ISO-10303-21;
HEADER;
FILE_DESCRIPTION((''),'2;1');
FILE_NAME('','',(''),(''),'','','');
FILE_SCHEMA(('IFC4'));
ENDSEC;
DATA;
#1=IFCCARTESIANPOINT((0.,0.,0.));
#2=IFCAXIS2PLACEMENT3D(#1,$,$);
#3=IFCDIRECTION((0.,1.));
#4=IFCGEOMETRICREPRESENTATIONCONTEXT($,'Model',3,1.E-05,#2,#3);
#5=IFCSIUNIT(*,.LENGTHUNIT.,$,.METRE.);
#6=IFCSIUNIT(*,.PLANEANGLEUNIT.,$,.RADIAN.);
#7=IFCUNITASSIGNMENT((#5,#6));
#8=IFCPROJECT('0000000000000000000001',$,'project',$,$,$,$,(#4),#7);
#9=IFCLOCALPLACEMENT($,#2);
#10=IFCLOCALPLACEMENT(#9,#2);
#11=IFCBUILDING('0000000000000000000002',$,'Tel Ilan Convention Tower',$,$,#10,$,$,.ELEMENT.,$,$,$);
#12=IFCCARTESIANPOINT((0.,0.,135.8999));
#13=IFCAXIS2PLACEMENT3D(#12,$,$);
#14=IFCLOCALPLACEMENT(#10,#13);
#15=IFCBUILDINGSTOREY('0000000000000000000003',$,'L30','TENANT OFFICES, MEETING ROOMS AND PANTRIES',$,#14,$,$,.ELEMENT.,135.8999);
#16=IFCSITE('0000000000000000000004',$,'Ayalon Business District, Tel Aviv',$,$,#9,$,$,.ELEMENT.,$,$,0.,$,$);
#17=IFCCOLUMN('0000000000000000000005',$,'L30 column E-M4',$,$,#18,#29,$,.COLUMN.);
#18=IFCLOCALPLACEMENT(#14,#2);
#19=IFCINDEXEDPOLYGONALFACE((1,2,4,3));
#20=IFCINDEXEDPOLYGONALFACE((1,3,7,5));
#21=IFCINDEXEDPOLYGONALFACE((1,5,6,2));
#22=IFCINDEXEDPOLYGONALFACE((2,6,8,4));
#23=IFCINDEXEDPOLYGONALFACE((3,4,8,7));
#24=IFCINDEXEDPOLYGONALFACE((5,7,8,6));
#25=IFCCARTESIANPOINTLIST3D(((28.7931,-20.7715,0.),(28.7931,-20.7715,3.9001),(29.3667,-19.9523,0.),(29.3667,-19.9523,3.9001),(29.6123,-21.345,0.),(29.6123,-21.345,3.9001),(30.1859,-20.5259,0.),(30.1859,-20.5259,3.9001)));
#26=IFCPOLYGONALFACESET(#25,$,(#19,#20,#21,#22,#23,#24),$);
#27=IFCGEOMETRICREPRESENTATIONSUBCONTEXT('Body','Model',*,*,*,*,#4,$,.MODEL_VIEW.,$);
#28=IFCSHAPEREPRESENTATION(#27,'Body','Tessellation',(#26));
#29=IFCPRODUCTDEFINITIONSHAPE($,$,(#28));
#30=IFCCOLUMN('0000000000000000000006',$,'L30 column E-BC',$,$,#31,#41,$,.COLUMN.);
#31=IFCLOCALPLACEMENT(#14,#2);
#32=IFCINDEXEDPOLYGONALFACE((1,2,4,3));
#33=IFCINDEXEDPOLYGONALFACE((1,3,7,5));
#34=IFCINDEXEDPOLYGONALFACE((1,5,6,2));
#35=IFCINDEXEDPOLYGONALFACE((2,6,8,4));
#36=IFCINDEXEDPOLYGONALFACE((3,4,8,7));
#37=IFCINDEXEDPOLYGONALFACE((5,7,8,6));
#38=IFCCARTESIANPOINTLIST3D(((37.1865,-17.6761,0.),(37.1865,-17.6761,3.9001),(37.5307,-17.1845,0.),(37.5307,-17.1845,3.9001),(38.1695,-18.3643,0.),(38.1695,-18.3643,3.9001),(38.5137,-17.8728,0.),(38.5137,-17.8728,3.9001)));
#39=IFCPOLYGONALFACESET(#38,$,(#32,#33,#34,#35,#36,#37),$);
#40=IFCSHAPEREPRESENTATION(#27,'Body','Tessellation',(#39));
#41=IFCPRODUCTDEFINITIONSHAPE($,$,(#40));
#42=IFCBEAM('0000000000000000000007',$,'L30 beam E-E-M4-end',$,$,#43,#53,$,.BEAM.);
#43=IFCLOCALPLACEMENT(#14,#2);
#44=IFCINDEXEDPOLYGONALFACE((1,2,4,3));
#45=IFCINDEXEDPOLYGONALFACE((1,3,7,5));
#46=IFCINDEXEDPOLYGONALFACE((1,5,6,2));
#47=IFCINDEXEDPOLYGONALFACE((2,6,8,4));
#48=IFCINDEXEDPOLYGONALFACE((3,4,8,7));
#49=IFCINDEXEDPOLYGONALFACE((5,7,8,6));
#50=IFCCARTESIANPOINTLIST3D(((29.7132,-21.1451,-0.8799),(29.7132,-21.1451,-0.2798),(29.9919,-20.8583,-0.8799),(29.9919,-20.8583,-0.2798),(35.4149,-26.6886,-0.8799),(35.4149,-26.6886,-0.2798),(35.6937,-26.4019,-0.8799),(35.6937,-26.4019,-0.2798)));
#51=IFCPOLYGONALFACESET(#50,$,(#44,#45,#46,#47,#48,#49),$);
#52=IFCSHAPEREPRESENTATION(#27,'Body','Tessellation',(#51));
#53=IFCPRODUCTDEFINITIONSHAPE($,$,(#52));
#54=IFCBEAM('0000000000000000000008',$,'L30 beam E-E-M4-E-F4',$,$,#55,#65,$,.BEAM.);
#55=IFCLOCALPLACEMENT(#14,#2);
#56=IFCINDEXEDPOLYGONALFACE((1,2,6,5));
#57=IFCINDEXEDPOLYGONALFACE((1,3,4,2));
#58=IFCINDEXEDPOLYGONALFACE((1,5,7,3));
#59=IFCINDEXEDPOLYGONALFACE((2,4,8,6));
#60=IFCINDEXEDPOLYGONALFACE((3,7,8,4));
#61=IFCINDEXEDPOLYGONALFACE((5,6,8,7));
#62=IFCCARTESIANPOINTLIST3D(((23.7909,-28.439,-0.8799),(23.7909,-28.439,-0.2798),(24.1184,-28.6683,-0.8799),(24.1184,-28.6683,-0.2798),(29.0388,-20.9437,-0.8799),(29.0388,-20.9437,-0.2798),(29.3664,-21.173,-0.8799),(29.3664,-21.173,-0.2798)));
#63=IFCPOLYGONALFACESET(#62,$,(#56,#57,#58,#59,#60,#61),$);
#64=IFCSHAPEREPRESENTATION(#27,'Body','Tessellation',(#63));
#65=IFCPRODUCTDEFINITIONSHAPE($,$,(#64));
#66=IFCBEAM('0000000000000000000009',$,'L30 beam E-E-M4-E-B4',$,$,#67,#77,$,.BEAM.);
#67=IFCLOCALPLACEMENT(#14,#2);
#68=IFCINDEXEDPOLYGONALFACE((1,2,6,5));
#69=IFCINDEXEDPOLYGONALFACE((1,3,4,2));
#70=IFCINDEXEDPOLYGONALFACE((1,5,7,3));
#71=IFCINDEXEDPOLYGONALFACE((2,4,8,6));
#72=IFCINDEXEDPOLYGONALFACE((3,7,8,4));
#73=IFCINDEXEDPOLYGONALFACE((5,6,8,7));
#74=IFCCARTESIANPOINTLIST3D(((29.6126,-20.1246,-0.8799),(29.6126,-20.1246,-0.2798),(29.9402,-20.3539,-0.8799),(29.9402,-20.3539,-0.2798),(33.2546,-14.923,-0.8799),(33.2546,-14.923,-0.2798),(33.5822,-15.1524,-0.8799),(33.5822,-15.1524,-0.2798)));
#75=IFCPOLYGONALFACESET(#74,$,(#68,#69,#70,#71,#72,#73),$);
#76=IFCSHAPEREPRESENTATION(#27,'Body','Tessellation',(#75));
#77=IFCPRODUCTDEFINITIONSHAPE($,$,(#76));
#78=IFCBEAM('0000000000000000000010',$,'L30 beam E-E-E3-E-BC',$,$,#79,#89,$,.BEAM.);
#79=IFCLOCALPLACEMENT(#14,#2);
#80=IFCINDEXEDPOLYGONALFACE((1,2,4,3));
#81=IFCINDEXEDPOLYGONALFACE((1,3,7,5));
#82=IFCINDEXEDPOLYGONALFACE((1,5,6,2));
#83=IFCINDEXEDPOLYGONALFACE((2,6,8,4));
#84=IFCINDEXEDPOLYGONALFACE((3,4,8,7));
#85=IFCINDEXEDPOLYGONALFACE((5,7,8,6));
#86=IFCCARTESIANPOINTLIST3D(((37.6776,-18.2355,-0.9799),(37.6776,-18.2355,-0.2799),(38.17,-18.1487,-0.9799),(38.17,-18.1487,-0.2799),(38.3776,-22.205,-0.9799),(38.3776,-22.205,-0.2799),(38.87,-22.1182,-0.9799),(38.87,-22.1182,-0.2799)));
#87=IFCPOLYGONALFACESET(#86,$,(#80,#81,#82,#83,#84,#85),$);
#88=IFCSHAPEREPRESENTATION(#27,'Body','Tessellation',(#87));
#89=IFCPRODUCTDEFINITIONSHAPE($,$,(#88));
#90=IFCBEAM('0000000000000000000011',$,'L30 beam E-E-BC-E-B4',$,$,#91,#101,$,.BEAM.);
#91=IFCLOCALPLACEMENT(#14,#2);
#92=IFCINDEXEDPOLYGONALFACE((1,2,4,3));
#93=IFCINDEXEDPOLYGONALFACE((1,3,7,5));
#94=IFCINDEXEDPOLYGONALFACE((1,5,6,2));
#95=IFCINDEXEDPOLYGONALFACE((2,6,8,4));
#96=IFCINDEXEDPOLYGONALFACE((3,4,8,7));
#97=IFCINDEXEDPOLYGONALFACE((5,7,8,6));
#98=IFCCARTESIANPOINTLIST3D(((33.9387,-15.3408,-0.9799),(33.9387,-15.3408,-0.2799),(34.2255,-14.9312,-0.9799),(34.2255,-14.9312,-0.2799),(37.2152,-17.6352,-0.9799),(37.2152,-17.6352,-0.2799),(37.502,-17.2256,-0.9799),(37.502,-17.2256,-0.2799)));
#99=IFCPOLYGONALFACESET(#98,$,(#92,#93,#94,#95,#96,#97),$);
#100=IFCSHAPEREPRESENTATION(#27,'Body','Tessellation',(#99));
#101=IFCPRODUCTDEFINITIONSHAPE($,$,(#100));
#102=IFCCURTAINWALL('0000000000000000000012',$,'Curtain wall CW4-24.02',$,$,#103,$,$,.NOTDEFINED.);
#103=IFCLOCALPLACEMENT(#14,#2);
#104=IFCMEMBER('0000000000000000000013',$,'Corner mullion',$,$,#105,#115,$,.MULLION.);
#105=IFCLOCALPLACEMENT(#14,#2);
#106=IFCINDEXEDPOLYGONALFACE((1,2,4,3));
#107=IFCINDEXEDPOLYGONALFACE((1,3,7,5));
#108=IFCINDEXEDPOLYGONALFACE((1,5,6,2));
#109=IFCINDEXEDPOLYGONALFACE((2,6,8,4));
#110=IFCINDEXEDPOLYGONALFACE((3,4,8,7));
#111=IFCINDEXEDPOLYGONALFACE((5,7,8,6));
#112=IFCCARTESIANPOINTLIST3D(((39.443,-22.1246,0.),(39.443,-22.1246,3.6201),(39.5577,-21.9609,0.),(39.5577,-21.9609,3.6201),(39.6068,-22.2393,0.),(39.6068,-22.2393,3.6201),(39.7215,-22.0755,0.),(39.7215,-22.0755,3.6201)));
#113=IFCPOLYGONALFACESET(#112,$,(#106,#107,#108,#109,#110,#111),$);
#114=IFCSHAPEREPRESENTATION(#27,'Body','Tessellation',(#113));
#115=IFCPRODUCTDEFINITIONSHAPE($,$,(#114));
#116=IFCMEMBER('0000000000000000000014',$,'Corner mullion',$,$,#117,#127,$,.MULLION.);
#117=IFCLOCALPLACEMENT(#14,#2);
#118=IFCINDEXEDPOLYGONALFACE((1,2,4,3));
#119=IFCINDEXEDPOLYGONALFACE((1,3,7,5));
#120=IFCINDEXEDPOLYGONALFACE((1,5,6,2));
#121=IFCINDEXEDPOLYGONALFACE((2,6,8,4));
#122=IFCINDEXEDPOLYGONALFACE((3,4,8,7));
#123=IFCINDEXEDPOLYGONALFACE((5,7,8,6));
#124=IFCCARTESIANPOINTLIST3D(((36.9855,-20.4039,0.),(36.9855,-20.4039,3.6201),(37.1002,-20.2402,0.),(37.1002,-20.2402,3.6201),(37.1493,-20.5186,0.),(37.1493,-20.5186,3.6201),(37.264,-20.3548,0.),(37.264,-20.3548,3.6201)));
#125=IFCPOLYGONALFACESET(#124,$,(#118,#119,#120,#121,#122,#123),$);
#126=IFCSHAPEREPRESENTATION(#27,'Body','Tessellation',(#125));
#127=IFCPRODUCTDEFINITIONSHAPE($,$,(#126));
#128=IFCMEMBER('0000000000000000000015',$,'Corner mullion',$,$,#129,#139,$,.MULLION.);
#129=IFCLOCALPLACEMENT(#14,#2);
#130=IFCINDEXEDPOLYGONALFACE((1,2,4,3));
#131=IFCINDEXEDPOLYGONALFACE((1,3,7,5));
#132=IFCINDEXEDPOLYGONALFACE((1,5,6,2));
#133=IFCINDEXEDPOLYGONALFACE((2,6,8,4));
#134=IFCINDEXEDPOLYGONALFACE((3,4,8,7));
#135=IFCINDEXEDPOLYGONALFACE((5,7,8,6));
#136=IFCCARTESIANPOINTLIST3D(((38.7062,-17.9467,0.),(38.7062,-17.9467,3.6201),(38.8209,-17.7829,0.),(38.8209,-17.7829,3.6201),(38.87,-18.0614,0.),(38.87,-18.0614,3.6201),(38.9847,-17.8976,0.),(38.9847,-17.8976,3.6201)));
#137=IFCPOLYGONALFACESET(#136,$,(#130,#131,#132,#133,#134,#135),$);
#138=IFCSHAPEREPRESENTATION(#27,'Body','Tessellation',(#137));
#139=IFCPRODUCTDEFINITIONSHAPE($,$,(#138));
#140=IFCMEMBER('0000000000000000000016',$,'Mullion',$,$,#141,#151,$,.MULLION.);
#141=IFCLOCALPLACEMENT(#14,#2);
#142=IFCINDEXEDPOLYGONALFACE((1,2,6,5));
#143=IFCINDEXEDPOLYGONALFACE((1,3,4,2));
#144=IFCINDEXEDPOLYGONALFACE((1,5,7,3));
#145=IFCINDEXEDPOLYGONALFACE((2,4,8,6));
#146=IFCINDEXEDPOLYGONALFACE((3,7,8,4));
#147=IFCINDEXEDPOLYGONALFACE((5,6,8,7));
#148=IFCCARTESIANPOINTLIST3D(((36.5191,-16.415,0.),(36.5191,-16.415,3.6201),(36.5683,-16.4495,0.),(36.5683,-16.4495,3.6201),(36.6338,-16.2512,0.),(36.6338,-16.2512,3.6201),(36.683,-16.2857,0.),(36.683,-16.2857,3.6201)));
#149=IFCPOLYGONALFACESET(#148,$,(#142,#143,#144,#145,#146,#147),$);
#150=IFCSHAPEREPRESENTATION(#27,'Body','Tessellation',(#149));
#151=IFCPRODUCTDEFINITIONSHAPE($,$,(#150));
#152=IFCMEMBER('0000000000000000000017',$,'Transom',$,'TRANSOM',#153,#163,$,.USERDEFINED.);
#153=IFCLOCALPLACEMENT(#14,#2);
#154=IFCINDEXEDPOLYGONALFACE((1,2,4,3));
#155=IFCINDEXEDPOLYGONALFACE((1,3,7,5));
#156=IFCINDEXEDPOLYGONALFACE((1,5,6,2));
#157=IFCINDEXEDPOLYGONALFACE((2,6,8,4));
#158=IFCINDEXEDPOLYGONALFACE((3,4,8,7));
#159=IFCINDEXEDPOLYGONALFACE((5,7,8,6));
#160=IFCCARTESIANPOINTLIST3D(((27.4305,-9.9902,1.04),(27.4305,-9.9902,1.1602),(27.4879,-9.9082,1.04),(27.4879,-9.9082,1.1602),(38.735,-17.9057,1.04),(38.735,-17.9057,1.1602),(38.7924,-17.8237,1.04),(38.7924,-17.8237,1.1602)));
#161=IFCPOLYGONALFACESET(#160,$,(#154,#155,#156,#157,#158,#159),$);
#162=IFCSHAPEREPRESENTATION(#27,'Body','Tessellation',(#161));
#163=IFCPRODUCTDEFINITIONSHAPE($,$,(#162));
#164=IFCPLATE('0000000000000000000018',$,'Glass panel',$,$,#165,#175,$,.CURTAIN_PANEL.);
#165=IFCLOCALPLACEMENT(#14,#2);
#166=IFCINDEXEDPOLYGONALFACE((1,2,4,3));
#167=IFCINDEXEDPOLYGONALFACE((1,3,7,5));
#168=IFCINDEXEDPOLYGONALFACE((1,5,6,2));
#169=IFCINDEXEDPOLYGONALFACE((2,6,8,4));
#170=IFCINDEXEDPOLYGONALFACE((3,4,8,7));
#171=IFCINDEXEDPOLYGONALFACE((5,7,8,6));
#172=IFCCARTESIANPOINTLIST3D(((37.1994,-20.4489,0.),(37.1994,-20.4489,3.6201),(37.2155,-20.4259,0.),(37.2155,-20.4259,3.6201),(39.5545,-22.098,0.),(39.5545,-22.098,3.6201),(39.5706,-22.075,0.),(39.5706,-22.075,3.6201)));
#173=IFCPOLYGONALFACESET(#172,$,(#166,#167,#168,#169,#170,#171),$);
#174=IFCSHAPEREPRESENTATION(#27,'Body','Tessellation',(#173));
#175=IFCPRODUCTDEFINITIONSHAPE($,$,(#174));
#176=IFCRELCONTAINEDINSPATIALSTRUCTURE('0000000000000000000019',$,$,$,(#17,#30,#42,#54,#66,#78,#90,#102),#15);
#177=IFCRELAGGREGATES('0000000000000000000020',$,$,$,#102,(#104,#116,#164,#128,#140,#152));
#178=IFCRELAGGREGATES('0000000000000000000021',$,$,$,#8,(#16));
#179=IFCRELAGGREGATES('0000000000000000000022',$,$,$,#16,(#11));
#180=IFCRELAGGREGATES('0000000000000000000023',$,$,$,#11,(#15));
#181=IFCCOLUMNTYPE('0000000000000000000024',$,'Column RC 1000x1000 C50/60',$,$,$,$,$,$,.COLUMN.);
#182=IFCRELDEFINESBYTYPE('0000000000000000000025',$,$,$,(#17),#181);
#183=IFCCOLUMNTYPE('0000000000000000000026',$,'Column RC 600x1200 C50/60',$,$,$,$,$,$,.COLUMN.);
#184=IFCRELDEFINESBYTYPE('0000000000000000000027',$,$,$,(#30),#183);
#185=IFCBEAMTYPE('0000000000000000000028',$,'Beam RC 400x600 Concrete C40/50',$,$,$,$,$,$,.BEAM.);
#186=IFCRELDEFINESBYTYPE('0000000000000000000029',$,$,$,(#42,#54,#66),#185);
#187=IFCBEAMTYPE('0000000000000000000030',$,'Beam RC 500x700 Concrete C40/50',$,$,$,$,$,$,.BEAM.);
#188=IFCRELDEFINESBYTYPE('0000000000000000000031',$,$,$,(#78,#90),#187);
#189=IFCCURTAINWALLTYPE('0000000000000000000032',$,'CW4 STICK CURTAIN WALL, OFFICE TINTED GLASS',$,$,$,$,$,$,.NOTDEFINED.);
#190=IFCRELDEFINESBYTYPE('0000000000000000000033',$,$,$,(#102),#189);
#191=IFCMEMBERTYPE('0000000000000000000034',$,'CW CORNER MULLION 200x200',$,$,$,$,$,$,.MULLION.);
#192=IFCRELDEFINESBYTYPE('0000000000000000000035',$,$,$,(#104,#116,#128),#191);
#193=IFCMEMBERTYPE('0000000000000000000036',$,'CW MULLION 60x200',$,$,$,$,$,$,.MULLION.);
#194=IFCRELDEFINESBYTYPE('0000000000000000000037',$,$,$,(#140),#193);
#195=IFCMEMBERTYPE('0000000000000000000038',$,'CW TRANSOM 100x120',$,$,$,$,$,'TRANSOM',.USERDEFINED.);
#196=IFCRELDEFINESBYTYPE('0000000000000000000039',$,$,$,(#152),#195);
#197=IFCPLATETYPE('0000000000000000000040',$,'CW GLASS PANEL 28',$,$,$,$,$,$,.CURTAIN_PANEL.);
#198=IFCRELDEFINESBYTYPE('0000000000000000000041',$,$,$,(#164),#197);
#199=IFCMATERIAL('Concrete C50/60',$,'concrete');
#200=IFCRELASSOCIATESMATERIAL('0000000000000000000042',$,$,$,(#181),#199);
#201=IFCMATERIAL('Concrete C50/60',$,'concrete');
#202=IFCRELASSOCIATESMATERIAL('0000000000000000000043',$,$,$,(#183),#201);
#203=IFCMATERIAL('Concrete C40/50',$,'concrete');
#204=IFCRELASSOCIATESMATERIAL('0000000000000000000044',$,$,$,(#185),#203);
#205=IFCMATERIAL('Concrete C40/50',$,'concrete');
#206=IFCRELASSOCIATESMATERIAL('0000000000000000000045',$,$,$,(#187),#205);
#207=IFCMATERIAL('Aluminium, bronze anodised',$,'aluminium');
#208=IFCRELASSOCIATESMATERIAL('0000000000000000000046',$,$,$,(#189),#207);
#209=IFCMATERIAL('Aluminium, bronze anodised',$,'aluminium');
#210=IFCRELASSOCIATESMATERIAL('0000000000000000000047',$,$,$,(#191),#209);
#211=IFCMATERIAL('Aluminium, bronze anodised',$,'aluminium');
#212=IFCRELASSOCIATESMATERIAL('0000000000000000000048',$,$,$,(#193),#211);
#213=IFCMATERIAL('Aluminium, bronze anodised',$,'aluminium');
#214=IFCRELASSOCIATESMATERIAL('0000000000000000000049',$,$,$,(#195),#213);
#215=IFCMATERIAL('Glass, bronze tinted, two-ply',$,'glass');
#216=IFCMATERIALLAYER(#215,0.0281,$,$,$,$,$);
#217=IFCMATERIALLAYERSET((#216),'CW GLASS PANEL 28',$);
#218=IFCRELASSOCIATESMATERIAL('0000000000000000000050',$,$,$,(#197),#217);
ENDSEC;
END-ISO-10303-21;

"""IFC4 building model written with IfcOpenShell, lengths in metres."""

from ifc_helpers import new_model, si_unit, direction, frame, origin, origin_2d, place, context, subcontext, project, spatial, rectangle, extrude, material, layer, layer_set, material_profile, profile_set, type_object, element, aggregate, save


model = new_model("IFC4")

# Units and contexts
model_context = context("Model", 3, precision=1e-05, world=origin(), true_north=direction((0.0, 1.0)))
body_context = subcontext(model_context, "Body", "Model", "MODEL_VIEW")
ifc_project = project(units=[si_unit("LENGTHUNIT", "METRE"), si_unit("PLANEANGLEUNIT", "RADIAN")], contexts=[model_context])

# Site, building, storey
site_placement = place(None, origin())
site = spatial("IfcSite", under=ifc_project, at=site_placement, Name="Ayalon Business District, Tel Aviv", CompositionType="ELEMENT", RefElevation=0.0)
building_placement = place(site_placement, origin())
building = spatial("IfcBuilding", under=site, at=building_placement, Name="Tel Ilan Convention Tower", CompositionType="ELEMENT")
storey_placement = place(building_placement, frame((0.0, 0.0, 135.8999)))
storey = spatial("IfcBuildingStorey", under=building, at=storey_placement, Name="L30", Description="TENANT OFFICES, MEETING ROOMS AND PANTRIES", CompositionType="ELEMENT", Elevation=135.8999)

# Columns
ifc_material_1 = material(Name="Concrete C50/60", Category="concrete")
ifc_material_profile_1 = material_profile(ifc_material_1, rectangle(XDim=1.0, YDim=1.0, at=origin_2d()), Name="RC 1000x1000")
ifc_profile_set_1 = profile_set([ifc_material_profile_1], Name="Concrete C50/60")
column_type_1 = type_object("IfcColumnType", Name="Column RC 1000x1000 C50/60", PredefinedType="COLUMN", material=ifc_profile_set_1)
column_1_placement = place(storey_placement, frame((29.4895, -20.6487, 0.0), z_axis=(0.0, 0.0, 1.0), x_axis=(0.819152, -0.573576, 0.0)))
element("IfcColumn", 1, at=column_1_placement, inside=storey, type_object=column_type_1, Name="L30 column E-M4", PredefinedType="COLUMN", context=body_context, shape_type="SweptSolid", body=[
    extrude(rectangle(XDim=1.0, YDim=1.0, at=origin_2d()), origin(), (0.0, 0.0, 1.0), 3.9001),
])
ifc_material_2 = material(Name="Concrete C50/60", Category="concrete")
ifc_material_profile_2 = material_profile(ifc_material_2, rectangle(XDim=1.2, YDim=0.6001, at=origin_2d()), Name="RC 600x1200")
ifc_profile_set_2 = profile_set([ifc_material_profile_2], Name="Concrete C50/60")
column_type_2 = type_object("IfcColumnType", Name="Column RC 600x1200 C50/60", PredefinedType="COLUMN", material=ifc_profile_set_2)
column_2_placement = place(storey_placement, frame((37.8501, -17.7744, 0.0), z_axis=(0.0, 0.0, 1.0), x_axis=(0.819152, -0.573576, 0.0)))
element("IfcColumn", 2, at=column_2_placement, inside=storey, type_object=column_type_2, Name="L30 column E-BC", PredefinedType="COLUMN", context=body_context, shape_type="SweptSolid", body=[
    extrude(rectangle(XDim=1.2, YDim=0.6001, at=origin_2d()), origin(), (0.0, 0.0, 1.0), 3.9001),
])

# Beams
ifc_material_3 = material(Name="Concrete C40/50", Category="concrete")
ifc_material_profile_3 = material_profile(ifc_material_3, rectangle(XDim=0.3999, YDim=0.6001, at=origin_2d()), Name="RC 400x600")
ifc_profile_set_3 = profile_set([ifc_material_profile_3], Name="Concrete C40/50")
beam_type_1 = type_object("IfcBeamType", Name="Beam RC 400x600 Concrete C40/50", PredefinedType="BEAM", material=ifc_profile_set_3)
beam_1_placement = place(storey_placement, frame((29.8525, -21.0017, -0.5798), z_axis=(0.716984, -0.69709, 0.0), x_axis=(0.69709, 0.716984, 0.0)))
element("IfcBeam", 3, at=beam_1_placement, inside=storey, type_object=beam_type_1, Name="L30 beam E-E-M4-end", PredefinedType="BEAM", context=body_context, shape_type="SweptSolid", body=[
    extrude(rectangle(XDim=0.3999, YDim=0.6001, at=origin_2d()), origin(), (0.0, 0.0, 1.0), 7.9524),
])
beam_2_placement = place(storey_placement, frame((29.2026, -21.0583, -0.5798), z_axis=(-0.573557, -0.819165, 0.0), x_axis=(0.819165, -0.573557, 0.0)))
element("IfcBeam", 4, at=beam_2_placement, inside=storey, type_object=beam_type_1, Name="L30 beam E-E-M4-E-F4", PredefinedType="BEAM", context=body_context, shape_type="SweptSolid", body=[
    extrude(rectangle(XDim=0.3999, YDim=0.6001, at=origin_2d()), origin(), (0.0, 0.0, 1.0), 9.1499),
])
beam_3_placement = place(storey_placement, frame((29.7764, -20.2393, -0.5798), z_axis=(0.57356, 0.819163, 0.0), x_axis=(-0.819163, 0.57356, 0.0)))
element("IfcBeam", 5, at=beam_3_placement, inside=storey, type_object=beam_type_1, Name="L30 beam E-E-M4-E-B4", PredefinedType="BEAM", context=body_context, shape_type="SweptSolid", body=[
    extrude(rectangle(XDim=0.3999, YDim=0.6001, at=origin_2d()), origin(), (0.0, 0.0, 1.0), 6.3499),
])
ifc_material_4 = material(Name="Concrete C40/50", Category="concrete")
ifc_material_profile_4 = material_profile(ifc_material_4, rectangle(XDim=0.5, YDim=0.7, at=origin_2d()), Name="RC 500x700")
ifc_profile_set_4 = profile_set([ifc_material_profile_4], Name="Concrete C40/50")
beam_type_2 = type_object("IfcBeamType", Name="Beam RC 500x700 Concrete C40/50", PredefinedType="BEAM", material=ifc_profile_set_4)
beam_4_placement = place(storey_placement, frame((38.6238, -22.1616, -0.6299), z_axis=(-0.173654, 0.984807, 0.0), x_axis=(-0.984807, -0.173654, 0.0)))
element("IfcBeam", 6, at=beam_4_placement, inside=storey, type_object=beam_type_2, Name="L30 beam E-E-E3-E-BC", PredefinedType="BEAM", context=body_context, shape_type="SweptSolid", body=[
    extrude(rectangle(XDim=0.5, YDim=0.7, at=origin_2d()), origin(), (0.0, 0.0, 1.0), 4.0308),
])
beam_5_placement = place(storey_placement, frame((37.3586, -17.4304, -0.6299), z_axis=(-0.819137, 0.573598, 0.0), x_axis=(-0.573598, -0.819137, 0.0)))
element("IfcBeam", 7, at=beam_5_placement, inside=storey, type_object=beam_type_2, Name="L30 beam E-E-BC-E-B4", PredefinedType="BEAM", context=body_context, shape_type="SweptSolid", body=[
    extrude(rectangle(XDim=0.5, YDim=0.7, at=origin_2d()), origin(), (0.0, 0.0, 1.0), 4.0),
])

# Curtain wall, members, plate
ifc_material_5 = material(Name="Aluminium, bronze anodised", Category="aluminium")
curtain_wall_type = type_object("IfcCurtainWallType", Name="CW4 STICK CURTAIN WALL, OFFICE TINTED GLASS", PredefinedType="NOTDEFINED", material=ifc_material_5)
curtain_wall_placement = place(storey_placement, origin())
curtain_wall = element("IfcCurtainWall", 8, at=curtain_wall_placement, inside=storey, type_object=curtain_wall_type, Name="Curtain wall CW4-24.02", PredefinedType="NOTDEFINED")
ifc_material_6 = material(Name="Aluminium, bronze anodised", Category="aluminium")
ifc_material_profile_5 = material_profile(ifc_material_6, rectangle(XDim=0.2, YDim=0.2, at=origin_2d()), Name="CW CORNER MULLION 200x200")
ifc_profile_set_5 = profile_set([ifc_material_profile_5], Name="Aluminium, bronze anodised")
member_type_1 = type_object("IfcMemberType", Name="CW CORNER MULLION 200x200", PredefinedType="MULLION", material=ifc_profile_set_5)
member_1_placement = place(storey_placement, frame((39.5823, -22.1001, 0.0), z_axis=(0.0, 0.0, 1.0), x_axis=(0.573576, 0.819152, 0.0)))
member_1 = element("IfcMember", 9, at=member_1_placement, type_object=member_type_1, Name="Corner mullion", PredefinedType="MULLION", context=body_context, shape_type="SweptSolid", body=[
    extrude(rectangle(XDim=0.2, YDim=0.2, at=origin_2d()), origin(), (0.0, 0.0, 1.0), 3.6201),
])
member_2_placement = place(storey_placement, frame((37.1248, -20.3794, 0.0), z_axis=(0.0, 0.0, 1.0), x_axis=(-0.819152, 0.573576, 0.0)))
member_2 = element("IfcMember", 10, at=member_2_placement, type_object=member_type_1, Name="Corner mullion", PredefinedType="MULLION", context=body_context, shape_type="SweptSolid", body=[
    extrude(rectangle(XDim=0.2, YDim=0.2, at=origin_2d()), origin(), (0.0, 0.0, 1.0), 3.6201),
])
member_3_placement = place(storey_placement, frame((38.8455, -17.9221, 0.0), z_axis=(0.0, 0.0, 1.0), x_axis=(0.573576, 0.819152, 0.0)))
member_3 = element("IfcMember", 11, at=member_3_placement, type_object=member_type_1, Name="Corner mullion", PredefinedType="MULLION", context=body_context, shape_type="SweptSolid", body=[
    extrude(rectangle(XDim=0.2, YDim=0.2, at=origin_2d()), origin(), (0.0, 0.0, 1.0), 3.6201),
])
ifc_material_7 = material(Name="Aluminium, bronze anodised", Category="aluminium")
ifc_material_profile_6 = material_profile(ifc_material_7, rectangle(XDim=0.0601, YDim=0.2, at=origin_2d()), Name="CW MULLION 60x200")
ifc_profile_set_6 = profile_set([ifc_material_profile_6], Name="Aluminium, bronze anodised")
member_type_2 = type_object("IfcMemberType", Name="CW MULLION 60x200", PredefinedType="MULLION", material=ifc_profile_set_6)
member_4_placement = place(storey_placement, frame((36.6011, -16.3503, 0.0), z_axis=(0.0, 0.0, 1.0), x_axis=(-0.819152, 0.573576, 0.0)))
member_4 = element("IfcMember", 12, at=member_4_placement, type_object=member_type_2, Name="Mullion", PredefinedType="MULLION", context=body_context, shape_type="SweptSolid", body=[
    extrude(rectangle(XDim=0.0601, YDim=0.2, at=origin_2d()), origin(), (0.0, 0.0, 1.0), 3.6201),
])
ifc_material_8 = material(Name="Aluminium, bronze anodised", Category="aluminium")
ifc_material_profile_7 = material_profile(ifc_material_8, rectangle(XDim=0.1001, YDim=0.1201, at=origin_2d()), Name="CW TRANSOM 100x120")
ifc_profile_set_7 = profile_set([ifc_material_profile_7], Name="Aluminium, bronze anodised")
member_type_3 = type_object("IfcMemberType", Name="CW TRANSOM 100x120", ElementType="TRANSOM", PredefinedType="USERDEFINED", material=ifc_profile_set_7)
member_5_placement = place(storey_placement, frame((38.7637, -17.8647, 1.1001), z_axis=(-0.81915, 0.57358, 0.0), x_axis=(-0.57358, -0.81915, 0.0)))
member_5 = element("IfcMember", 13, at=member_5_placement, type_object=member_type_3, Name="Transom", ObjectType="TRANSOM", PredefinedType="USERDEFINED", context=body_context, shape_type="SweptSolid", body=[
    extrude(rectangle(XDim=0.1001, YDim=0.1201, at=origin_2d()), origin(), (0.0, 0.0, 1.0), 13.8003),
])
ifc_material_9 = material(Name="Glass, bronze tinted, two-ply", Category="glass")
ifc_layer_1 = layer(ifc_material_9, 0.0281)
ifc_layer_set_1 = layer_set([ifc_layer_1], Name="CW GLASS PANEL 28")
plate_type = type_object("IfcPlateType", Name="CW GLASS PANEL 28", PredefinedType="CURTAIN_PANEL", material=ifc_layer_set_1)
plate_1_placement = place(storey_placement, frame((38.385, -21.262, 0.0), z_axis=(0.0, 0.0, 1.0), x_axis=(-0.819152, 0.573576, 0.0)))
plate_1 = element("IfcPlate", 14, at=plate_1_placement, type_object=plate_type, Name="Glass panel", PredefinedType="CURTAIN_PANEL", context=body_context, shape_type="SweptSolid", body=[
    extrude(rectangle(XDim=2.875, YDim=0.0281, at=origin_2d()), origin(), (0.0, 0.0, 1.0), 3.6201),
])
aggregate(curtain_wall, [member_1, member_2, plate_1, member_3, member_4, member_5])

save(model, "model.ifc")
